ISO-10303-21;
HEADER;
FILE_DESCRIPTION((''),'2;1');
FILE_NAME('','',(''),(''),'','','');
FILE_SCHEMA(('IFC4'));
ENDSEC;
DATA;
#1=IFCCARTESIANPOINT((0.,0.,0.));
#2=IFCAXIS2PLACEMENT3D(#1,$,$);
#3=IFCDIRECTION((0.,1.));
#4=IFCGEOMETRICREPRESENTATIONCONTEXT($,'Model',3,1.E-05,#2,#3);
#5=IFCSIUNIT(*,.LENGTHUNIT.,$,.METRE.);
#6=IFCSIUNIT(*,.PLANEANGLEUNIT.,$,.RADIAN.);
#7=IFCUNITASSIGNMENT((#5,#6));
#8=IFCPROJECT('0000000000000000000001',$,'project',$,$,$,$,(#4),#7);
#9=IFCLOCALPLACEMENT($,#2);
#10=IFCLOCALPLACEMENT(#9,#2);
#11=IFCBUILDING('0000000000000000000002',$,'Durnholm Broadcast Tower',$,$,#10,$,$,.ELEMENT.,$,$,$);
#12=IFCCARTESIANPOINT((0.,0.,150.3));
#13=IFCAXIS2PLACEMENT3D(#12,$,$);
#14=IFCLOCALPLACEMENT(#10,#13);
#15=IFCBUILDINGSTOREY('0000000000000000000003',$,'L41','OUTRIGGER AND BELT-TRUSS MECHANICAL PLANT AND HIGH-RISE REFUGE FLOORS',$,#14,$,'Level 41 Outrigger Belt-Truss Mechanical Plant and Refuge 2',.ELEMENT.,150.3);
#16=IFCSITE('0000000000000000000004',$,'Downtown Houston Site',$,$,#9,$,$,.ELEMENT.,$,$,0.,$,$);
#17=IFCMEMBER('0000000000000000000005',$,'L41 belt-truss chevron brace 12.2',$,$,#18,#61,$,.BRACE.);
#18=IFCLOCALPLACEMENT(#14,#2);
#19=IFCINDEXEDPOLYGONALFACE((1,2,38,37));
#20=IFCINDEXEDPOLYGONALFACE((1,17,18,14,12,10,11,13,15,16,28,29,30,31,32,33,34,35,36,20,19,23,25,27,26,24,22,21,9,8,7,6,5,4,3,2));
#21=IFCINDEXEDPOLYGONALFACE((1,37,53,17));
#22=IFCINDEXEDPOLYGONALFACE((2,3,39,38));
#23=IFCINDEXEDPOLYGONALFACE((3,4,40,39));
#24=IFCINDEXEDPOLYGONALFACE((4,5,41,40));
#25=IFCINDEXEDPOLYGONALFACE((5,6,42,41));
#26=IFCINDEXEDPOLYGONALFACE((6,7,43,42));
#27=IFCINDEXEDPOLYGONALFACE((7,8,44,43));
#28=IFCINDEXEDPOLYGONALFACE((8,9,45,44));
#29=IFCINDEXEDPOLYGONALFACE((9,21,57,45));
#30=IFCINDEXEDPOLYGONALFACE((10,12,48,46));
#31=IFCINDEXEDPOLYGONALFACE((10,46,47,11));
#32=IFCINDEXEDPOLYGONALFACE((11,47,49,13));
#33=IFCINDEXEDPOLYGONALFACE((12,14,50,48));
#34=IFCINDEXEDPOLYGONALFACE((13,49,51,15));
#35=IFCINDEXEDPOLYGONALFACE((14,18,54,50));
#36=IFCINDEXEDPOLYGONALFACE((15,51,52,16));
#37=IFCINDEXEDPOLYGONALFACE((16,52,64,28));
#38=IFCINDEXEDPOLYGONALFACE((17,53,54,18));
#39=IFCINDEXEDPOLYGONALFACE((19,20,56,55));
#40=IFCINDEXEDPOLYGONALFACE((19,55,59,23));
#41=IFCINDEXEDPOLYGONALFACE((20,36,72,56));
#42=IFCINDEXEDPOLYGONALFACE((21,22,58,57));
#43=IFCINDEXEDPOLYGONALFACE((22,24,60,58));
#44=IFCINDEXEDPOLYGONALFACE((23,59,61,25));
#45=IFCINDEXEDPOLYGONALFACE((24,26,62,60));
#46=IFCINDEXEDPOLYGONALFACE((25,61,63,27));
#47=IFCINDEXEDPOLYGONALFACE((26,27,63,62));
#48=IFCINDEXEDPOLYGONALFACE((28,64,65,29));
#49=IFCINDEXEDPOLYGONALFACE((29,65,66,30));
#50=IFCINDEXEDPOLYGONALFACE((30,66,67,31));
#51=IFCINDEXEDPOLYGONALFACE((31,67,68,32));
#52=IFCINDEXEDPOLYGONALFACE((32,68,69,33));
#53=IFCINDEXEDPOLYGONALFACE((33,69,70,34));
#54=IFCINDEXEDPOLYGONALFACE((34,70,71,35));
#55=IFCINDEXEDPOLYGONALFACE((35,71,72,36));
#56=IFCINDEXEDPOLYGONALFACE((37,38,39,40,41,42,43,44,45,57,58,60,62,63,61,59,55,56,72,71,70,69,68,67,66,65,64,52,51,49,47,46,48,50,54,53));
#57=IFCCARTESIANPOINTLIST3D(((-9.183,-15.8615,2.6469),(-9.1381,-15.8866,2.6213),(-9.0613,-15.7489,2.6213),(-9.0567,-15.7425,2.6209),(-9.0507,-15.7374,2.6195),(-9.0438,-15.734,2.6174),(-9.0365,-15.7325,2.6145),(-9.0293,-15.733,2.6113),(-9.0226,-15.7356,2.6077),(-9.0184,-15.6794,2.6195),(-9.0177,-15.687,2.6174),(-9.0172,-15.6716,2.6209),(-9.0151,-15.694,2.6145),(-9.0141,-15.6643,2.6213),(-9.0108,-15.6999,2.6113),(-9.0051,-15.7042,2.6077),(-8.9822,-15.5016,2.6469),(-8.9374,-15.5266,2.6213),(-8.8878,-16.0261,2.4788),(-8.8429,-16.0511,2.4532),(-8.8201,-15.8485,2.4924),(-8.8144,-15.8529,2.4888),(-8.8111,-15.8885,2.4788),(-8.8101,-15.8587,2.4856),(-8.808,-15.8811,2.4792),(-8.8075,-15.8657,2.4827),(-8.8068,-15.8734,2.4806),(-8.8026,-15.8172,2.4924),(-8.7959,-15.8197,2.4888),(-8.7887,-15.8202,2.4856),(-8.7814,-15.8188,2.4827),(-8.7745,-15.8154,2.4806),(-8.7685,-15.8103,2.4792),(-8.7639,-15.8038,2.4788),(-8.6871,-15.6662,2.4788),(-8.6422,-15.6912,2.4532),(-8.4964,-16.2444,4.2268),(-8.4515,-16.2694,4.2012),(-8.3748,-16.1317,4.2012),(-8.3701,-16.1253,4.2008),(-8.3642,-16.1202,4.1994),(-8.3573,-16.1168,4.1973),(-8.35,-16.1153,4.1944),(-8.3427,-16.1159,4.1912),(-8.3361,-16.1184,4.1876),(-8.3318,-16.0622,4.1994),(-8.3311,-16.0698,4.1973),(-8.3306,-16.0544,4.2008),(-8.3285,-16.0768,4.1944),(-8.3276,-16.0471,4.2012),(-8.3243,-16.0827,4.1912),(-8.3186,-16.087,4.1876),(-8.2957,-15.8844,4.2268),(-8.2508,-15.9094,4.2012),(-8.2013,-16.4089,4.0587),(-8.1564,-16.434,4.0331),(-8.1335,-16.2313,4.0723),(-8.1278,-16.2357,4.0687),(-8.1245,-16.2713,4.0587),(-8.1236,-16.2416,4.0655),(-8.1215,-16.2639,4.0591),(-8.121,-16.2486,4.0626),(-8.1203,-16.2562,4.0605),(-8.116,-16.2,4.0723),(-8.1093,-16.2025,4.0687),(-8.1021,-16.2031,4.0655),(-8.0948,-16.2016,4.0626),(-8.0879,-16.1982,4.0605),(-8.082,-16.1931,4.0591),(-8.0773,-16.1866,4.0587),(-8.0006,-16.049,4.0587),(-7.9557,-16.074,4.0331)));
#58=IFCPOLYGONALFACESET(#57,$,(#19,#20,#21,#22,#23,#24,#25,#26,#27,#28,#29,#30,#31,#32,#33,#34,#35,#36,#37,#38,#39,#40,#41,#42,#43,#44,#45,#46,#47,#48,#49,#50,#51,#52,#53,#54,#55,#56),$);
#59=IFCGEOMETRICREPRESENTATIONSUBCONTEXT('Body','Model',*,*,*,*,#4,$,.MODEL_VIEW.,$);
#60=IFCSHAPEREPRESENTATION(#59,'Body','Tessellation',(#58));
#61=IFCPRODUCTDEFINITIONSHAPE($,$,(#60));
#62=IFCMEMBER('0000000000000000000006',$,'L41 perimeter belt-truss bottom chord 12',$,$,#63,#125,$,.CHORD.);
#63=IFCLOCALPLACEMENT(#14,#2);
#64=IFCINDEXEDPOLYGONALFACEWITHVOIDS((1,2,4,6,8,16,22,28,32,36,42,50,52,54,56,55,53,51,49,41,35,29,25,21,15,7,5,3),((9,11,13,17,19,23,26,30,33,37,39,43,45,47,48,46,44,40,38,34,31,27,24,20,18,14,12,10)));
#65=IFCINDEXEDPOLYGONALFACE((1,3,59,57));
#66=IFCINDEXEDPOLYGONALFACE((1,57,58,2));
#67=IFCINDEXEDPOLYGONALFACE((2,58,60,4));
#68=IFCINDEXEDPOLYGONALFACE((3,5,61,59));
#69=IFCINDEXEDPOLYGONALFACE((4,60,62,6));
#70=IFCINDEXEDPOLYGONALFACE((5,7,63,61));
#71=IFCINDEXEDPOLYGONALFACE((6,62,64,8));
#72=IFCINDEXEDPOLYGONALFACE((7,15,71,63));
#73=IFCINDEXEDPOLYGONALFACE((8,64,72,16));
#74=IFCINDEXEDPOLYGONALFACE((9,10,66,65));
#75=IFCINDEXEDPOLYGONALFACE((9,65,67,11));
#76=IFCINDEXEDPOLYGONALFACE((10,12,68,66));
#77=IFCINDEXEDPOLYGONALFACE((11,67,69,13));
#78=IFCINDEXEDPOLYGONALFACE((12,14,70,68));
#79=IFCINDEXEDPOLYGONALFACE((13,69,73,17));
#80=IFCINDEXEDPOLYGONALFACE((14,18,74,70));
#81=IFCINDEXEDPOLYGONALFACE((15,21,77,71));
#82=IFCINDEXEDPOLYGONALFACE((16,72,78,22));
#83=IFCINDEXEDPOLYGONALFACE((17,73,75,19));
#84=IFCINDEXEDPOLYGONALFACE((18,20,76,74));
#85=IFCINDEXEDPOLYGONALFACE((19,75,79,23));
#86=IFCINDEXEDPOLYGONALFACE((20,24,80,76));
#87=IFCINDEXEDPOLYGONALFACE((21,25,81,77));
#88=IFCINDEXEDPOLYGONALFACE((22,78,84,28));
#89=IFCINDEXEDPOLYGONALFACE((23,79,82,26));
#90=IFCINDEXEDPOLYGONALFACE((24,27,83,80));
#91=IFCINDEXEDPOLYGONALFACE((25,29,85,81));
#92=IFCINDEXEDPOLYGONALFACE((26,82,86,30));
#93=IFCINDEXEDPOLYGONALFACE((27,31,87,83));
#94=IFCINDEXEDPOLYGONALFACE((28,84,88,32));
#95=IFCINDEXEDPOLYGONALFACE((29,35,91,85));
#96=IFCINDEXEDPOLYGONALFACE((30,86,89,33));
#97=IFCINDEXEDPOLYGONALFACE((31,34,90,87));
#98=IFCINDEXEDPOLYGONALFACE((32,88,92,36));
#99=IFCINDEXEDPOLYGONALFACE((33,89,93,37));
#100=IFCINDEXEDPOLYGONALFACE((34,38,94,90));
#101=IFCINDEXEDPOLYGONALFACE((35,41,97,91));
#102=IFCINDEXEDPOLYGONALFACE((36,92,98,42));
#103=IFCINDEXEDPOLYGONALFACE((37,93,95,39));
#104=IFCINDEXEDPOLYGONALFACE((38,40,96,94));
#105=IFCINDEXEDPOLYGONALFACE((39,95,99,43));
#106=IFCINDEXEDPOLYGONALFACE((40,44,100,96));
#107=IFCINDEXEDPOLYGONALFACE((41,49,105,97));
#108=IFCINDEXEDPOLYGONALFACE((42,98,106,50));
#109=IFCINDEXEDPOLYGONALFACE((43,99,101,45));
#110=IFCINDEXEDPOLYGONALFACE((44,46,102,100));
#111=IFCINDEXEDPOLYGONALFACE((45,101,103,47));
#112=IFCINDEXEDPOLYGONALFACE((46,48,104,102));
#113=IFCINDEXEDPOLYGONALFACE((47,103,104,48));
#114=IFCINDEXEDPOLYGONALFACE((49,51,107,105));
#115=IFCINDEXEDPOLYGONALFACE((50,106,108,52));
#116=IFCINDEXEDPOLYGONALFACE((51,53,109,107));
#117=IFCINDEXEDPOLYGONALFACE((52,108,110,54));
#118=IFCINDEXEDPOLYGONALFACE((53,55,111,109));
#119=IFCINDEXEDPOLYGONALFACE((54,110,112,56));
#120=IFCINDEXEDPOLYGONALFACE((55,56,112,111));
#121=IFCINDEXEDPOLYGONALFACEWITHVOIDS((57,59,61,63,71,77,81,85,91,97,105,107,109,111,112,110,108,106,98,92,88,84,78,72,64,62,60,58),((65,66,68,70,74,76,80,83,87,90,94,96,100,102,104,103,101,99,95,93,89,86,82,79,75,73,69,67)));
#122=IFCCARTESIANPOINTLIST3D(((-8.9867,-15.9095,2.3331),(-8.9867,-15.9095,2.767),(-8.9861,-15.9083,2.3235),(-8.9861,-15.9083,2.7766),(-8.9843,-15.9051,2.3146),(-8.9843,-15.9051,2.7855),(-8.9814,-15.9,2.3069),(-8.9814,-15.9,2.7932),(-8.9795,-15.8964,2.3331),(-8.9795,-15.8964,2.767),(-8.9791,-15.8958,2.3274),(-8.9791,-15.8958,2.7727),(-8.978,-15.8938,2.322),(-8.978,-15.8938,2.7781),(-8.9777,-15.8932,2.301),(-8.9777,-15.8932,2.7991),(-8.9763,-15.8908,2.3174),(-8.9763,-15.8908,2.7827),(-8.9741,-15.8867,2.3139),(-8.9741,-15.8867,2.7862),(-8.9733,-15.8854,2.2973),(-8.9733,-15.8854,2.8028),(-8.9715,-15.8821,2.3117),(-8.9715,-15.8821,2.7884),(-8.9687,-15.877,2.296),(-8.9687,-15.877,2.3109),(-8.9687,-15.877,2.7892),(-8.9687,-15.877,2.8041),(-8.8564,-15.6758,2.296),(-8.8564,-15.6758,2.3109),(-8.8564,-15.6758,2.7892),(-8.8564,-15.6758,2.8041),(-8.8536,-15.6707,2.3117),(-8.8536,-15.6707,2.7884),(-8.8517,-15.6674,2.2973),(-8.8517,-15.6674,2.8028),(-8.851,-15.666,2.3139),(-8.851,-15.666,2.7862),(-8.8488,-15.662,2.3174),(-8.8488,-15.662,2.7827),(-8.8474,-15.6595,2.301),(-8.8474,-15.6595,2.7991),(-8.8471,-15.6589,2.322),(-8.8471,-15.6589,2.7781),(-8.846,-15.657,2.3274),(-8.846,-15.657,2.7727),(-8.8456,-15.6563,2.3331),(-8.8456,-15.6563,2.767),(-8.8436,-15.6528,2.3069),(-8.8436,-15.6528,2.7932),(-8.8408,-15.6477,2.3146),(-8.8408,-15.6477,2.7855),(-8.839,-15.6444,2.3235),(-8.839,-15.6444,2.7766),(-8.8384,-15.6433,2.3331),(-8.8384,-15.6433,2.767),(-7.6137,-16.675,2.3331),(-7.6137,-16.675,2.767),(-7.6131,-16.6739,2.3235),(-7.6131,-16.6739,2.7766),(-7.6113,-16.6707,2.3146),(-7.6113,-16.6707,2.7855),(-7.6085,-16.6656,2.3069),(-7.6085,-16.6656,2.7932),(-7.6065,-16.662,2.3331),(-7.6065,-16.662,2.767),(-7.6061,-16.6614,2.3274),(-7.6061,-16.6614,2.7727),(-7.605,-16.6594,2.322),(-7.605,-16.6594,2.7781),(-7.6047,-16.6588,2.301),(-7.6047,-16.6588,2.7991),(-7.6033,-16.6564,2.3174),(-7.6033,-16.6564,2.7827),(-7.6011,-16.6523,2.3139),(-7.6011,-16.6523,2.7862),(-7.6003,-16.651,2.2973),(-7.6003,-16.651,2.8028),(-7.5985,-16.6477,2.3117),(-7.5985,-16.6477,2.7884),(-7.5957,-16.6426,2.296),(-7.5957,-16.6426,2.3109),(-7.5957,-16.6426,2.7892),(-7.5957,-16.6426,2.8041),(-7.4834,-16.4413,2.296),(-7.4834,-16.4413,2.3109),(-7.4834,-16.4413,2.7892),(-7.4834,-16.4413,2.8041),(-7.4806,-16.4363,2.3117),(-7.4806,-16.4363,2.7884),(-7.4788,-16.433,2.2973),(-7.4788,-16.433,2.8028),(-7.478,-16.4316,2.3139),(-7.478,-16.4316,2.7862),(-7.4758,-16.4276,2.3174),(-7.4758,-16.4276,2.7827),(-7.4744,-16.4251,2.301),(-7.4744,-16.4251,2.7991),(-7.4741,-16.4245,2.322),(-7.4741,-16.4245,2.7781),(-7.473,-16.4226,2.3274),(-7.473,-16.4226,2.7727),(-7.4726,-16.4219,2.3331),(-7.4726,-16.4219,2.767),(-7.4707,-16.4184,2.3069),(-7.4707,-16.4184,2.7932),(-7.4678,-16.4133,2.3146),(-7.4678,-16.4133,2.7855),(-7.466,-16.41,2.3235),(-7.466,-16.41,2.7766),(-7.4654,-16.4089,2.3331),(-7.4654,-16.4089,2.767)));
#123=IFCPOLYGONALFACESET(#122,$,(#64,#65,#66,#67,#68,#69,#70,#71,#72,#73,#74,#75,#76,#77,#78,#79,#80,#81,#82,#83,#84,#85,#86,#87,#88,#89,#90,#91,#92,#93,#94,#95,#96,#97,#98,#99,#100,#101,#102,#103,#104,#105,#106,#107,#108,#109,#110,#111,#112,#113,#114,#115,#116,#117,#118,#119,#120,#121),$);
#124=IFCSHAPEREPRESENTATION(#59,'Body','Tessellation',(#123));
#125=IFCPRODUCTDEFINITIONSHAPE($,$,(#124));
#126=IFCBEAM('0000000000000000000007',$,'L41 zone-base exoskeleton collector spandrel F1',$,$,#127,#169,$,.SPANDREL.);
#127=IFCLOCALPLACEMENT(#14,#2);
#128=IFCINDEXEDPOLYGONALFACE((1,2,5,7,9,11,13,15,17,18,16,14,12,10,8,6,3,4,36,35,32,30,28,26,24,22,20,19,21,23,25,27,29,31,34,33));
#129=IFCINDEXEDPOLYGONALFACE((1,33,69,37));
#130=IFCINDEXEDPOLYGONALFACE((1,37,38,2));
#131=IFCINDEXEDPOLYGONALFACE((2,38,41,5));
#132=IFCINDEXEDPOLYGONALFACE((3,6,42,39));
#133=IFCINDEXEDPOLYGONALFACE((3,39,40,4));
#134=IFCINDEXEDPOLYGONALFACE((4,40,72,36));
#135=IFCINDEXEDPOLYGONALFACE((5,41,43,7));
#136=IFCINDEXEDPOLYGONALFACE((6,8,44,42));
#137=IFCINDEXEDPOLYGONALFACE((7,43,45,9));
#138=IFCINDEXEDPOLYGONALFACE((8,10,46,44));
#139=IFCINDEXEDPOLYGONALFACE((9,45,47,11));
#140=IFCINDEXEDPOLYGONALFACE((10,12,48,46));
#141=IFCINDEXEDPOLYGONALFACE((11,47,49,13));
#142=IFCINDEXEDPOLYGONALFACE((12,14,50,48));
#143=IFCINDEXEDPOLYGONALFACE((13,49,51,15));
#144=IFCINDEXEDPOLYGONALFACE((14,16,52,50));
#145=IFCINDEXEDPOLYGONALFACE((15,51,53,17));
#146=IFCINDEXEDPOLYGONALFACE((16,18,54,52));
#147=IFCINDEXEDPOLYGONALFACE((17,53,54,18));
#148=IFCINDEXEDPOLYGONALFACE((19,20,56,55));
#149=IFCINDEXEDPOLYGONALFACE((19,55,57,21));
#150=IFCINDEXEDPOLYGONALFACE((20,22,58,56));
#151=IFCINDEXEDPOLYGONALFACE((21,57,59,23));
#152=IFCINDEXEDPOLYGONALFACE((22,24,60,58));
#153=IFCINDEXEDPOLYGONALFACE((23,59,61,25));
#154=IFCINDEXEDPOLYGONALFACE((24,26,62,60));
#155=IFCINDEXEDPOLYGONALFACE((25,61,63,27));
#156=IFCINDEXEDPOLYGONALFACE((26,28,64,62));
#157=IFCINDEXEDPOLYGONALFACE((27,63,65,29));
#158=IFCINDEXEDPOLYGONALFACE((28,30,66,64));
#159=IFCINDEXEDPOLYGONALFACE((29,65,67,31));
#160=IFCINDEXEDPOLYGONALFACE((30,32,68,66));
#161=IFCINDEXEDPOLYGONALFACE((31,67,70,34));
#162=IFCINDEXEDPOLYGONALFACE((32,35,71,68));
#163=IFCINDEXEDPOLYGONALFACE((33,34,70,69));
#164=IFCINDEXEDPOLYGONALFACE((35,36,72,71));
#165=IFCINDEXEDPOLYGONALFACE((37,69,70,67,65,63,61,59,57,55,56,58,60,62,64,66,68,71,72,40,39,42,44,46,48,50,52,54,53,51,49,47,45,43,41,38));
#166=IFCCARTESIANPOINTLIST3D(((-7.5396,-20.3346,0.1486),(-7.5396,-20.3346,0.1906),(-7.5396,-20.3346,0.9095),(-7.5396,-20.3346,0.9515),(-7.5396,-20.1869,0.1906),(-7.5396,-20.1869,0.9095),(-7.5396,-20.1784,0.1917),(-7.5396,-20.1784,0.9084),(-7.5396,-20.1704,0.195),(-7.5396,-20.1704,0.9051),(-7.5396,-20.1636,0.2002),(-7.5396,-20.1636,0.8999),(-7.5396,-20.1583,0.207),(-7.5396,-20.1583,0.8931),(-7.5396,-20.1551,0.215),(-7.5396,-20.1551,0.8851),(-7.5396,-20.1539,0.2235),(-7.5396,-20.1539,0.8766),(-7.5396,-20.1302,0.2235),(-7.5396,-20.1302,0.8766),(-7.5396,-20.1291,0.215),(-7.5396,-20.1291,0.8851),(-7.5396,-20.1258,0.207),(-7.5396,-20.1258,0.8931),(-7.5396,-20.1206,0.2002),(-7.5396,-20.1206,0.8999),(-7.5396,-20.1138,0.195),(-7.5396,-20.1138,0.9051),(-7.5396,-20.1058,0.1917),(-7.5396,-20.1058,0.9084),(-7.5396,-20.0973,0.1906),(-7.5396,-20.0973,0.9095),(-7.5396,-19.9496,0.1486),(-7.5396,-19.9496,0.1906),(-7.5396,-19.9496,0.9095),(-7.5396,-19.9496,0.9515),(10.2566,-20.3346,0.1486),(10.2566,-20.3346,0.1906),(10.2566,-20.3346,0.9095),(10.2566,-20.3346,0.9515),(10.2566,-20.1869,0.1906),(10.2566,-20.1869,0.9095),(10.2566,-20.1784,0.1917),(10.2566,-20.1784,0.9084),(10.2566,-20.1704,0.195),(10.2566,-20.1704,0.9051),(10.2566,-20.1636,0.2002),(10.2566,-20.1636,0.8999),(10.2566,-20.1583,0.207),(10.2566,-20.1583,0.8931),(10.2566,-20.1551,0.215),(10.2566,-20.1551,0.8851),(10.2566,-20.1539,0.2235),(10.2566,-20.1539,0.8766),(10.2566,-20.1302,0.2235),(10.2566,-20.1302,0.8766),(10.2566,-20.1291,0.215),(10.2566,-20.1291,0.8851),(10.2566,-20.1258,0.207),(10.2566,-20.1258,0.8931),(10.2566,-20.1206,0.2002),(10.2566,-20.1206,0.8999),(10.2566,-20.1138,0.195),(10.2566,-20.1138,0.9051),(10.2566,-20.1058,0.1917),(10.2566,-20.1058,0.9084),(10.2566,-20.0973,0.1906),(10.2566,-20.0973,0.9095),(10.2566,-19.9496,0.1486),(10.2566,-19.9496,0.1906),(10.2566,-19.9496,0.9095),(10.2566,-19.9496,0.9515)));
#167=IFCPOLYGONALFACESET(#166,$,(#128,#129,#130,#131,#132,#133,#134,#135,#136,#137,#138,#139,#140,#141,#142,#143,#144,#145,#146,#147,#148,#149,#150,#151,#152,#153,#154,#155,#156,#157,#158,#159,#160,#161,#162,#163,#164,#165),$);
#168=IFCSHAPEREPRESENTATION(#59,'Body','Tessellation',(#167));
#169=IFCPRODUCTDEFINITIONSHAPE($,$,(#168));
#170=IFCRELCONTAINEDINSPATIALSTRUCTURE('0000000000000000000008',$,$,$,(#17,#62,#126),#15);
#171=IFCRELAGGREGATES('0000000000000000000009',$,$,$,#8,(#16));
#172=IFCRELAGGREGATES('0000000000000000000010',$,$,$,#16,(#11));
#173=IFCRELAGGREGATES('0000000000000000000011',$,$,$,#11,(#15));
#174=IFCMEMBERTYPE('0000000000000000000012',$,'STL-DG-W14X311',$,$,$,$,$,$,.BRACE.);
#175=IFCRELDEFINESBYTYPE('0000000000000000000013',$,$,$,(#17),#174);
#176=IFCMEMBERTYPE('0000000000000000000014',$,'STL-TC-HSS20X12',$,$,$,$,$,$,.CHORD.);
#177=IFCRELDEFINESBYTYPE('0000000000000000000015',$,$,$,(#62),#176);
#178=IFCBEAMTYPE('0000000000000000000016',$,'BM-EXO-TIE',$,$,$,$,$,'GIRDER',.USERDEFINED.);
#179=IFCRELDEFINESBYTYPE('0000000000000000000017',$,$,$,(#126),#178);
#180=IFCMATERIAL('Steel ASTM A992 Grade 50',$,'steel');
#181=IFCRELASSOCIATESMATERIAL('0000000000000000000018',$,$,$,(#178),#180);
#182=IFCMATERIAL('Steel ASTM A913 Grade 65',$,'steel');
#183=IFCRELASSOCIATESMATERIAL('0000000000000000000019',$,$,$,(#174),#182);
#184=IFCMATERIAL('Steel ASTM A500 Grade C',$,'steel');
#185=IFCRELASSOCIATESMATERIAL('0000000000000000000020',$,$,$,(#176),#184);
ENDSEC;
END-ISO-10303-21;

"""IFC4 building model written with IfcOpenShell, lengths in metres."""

from ifc_helpers import new_model, si_unit, direction, frame, origin, origin_2d, place, context, subcontext, project, spatial, hollow_rectangle, i_section, extrude, source, transform, mapped, material, material_profile, profile_set, type_object, type_shapes, element, save


model = new_model("IFC4")

# Units and contexts
model_context = context("Model", 3, precision=1e-05, world=origin(), true_north=direction((0.0, 1.0)))
body_context = subcontext(model_context, "Body", "Model", "MODEL_VIEW")
ifc_project = project(units=[si_unit("LENGTHUNIT", "METRE"), si_unit("PLANEANGLEUNIT", "RADIAN")], contexts=[model_context])

# Site, building, storey
site_placement = place(None, origin())
site = spatial("IfcSite", under=ifc_project, at=site_placement, Name="Downtown Houston Site", CompositionType="ELEMENT", RefElevation=0.0)
building_placement = place(site_placement, origin())
building = spatial("IfcBuilding", under=site, at=building_placement, Name="Durnholm Broadcast Tower", CompositionType="ELEMENT")
storey_placement = place(building_placement, frame((0.0, 0.0, 150.3)))
storey = spatial("IfcBuildingStorey", under=building, at=storey_placement, Name="L41", Description="OUTRIGGER AND BELT-TRUSS MECHANICAL PLANT AND HIGH-RISE REFUGE FLOORS", LongName="Level 41 Outrigger Belt-Truss Mechanical Plant and Refuge 2", CompositionType="ELEMENT", Elevation=150.3)

# Shared definitions
ifc_material_1 = material(Name="Steel ASTM A992 Grade 50", Category="steel")
ifc_material_profile_1 = material_profile(ifc_material_1, i_section(OverallWidth=0.385, OverallDepth=0.803, WebThickness=0.0237, FlangeThickness=0.042, FilletRadius=0.033, at=origin_2d()), Name="W30X261")
ifc_profile_set_1 = profile_set([ifc_material_profile_1], Name="Steel ASTM A992 Grade 50")
beam_type_1 = type_object("IfcBeamType", Name="BM-EXO-TIE", ElementType="GIRDER", PredefinedType="USERDEFINED", material=ifc_profile_set_1)

# Members
ifc_material_2 = material(Name="Steel ASTM A500 Grade C", Category="steel")
ifc_material_3 = material(Name="Steel ASTM A913 Grade 65", Category="steel")
ifc_material_profile_2 = material_profile(ifc_material_3, i_section(OverallWidth=0.4121, OverallDepth=0.4348, WebThickness=0.0359, FlangeThickness=0.0574, FilletRadius=0.0305, at=origin_2d()), Name="W14X311")
ifc_profile_set_2 = profile_set([ifc_material_profile_2], Name="Steel ASTM A913 Grade 65")
member_type_1 = type_object("IfcMemberType", Name="STL-DG-W14X311", PredefinedType="BRACE", material=ifc_profile_set_2)
shared_shape_1 = source(origin(), body_context, "Body", "SweptSolid", [
    extrude(i_section(OverallWidth=0.4121, OverallDepth=0.4348, WebThickness=0.0359, FlangeThickness=0.0574, FilletRadius=0.0305, at=origin_2d()), origin(), (0.0, 0.0, 1.0), 1.7646),
])
for number, where, z_axis, x_axis, name in (
    (1, (-8.9126, -15.7764, 2.55), (0.389058, -0.216943, 0.895304), (0.487014, 0.873394, 0.0), "L41 belt-truss chevron brace 12.2"),
):
    element("IfcMember", number, at=place(storey_placement, frame(where, z_axis=z_axis, x_axis=x_axis)), inside=storey, type_object=member_type_1, Name=name, PredefinedType="BRACE", context=body_context, shape_type="MappedRepresentation", body=[
        mapped(shared_shape_1, transform((0.0, 0.0, 0.0), x_axis=(1.0, 0.0, 0.0), y_axis=(0.0, 1.0, 0.0), z_axis=(0.0, 0.0, 1.0), scale=1.0)),
    ])
ifc_material_profile_3 = material_profile(ifc_material_2, hollow_rectangle(XDim=0.3047, YDim=0.5081, WallThickness=0.0149, InnerFilletRadius=0.0222, OuterFilletRadius=0.0371, at=origin_2d()), Name="HSS20X12X5/8")
ifc_profile_set_3 = profile_set([ifc_material_profile_3], Name="Steel ASTM A500 Grade C")
member_type_2 = type_object("IfcMemberType", Name="STL-TC-HSS20X12", PredefinedType="CHORD", material=ifc_profile_set_3)
shared_shape_2 = source(origin(), body_context, "Body", "SweptSolid", [
    extrude(hollow_rectangle(XDim=0.3047, YDim=0.5081, WallThickness=0.0149, InnerFilletRadius=0.0222, OuterFilletRadius=0.0371, at=origin_2d()), origin(), (0.0, 0.0, 1.0), 1.572),
])
type_shapes(member_type_2, [shared_shape_2])
member_1_placement = place(storey_placement, frame((-7.5396, -16.542, 2.55), z_axis=(-0.873394, 0.487014, 0.0), x_axis=(-0.487014, -0.873394, 0.0)))
element("IfcMember", 2, at=member_1_placement, inside=storey, type_object=member_type_2, Name="L41 perimeter belt-truss bottom chord 12", PredefinedType="CHORD", context=body_context, shape_type="MappedRepresentation", body=[
    mapped(shared_shape_2, transform((0.0, 0.0, 0.0), x_axis=(1.0, 0.0, 0.0), y_axis=(0.0, 1.0, 0.0), z_axis=(0.0, 0.0, 1.0), scale=1.0)),
])

# Beam
shared_shape_3 = source(origin(), body_context, "Body", "SweptSolid", [
    extrude(i_section(OverallWidth=0.385, OverallDepth=0.803, WebThickness=0.0237, FlangeThickness=0.042, FilletRadius=0.033, at=origin_2d()), origin(), (0.0, 0.0, 1.0), 17.7961),
])
for number, where, z_axis, x_axis, name in (
    (3, (-7.5396, -20.1421, 0.55), (1.0, 0.0, 0.0), (0.0, 1.0, 0.0), "L41 zone-base exoskeleton collector spandrel F1"),
):
    element("IfcBeam", number, at=place(storey_placement, frame(where, z_axis=z_axis, x_axis=x_axis)), inside=storey, type_object=beam_type_1, Name=name, PredefinedType="SPANDREL", context=body_context, shape_type="MappedRepresentation", body=[
        mapped(shared_shape_3, transform((0.0, 0.0, 0.0), x_axis=(1.0, 0.0, 0.0), y_axis=(0.0, 1.0, 0.0), z_axis=(0.0, 0.0, 1.0), scale=1.0)),
    ])

save(model, "model.ifc")
